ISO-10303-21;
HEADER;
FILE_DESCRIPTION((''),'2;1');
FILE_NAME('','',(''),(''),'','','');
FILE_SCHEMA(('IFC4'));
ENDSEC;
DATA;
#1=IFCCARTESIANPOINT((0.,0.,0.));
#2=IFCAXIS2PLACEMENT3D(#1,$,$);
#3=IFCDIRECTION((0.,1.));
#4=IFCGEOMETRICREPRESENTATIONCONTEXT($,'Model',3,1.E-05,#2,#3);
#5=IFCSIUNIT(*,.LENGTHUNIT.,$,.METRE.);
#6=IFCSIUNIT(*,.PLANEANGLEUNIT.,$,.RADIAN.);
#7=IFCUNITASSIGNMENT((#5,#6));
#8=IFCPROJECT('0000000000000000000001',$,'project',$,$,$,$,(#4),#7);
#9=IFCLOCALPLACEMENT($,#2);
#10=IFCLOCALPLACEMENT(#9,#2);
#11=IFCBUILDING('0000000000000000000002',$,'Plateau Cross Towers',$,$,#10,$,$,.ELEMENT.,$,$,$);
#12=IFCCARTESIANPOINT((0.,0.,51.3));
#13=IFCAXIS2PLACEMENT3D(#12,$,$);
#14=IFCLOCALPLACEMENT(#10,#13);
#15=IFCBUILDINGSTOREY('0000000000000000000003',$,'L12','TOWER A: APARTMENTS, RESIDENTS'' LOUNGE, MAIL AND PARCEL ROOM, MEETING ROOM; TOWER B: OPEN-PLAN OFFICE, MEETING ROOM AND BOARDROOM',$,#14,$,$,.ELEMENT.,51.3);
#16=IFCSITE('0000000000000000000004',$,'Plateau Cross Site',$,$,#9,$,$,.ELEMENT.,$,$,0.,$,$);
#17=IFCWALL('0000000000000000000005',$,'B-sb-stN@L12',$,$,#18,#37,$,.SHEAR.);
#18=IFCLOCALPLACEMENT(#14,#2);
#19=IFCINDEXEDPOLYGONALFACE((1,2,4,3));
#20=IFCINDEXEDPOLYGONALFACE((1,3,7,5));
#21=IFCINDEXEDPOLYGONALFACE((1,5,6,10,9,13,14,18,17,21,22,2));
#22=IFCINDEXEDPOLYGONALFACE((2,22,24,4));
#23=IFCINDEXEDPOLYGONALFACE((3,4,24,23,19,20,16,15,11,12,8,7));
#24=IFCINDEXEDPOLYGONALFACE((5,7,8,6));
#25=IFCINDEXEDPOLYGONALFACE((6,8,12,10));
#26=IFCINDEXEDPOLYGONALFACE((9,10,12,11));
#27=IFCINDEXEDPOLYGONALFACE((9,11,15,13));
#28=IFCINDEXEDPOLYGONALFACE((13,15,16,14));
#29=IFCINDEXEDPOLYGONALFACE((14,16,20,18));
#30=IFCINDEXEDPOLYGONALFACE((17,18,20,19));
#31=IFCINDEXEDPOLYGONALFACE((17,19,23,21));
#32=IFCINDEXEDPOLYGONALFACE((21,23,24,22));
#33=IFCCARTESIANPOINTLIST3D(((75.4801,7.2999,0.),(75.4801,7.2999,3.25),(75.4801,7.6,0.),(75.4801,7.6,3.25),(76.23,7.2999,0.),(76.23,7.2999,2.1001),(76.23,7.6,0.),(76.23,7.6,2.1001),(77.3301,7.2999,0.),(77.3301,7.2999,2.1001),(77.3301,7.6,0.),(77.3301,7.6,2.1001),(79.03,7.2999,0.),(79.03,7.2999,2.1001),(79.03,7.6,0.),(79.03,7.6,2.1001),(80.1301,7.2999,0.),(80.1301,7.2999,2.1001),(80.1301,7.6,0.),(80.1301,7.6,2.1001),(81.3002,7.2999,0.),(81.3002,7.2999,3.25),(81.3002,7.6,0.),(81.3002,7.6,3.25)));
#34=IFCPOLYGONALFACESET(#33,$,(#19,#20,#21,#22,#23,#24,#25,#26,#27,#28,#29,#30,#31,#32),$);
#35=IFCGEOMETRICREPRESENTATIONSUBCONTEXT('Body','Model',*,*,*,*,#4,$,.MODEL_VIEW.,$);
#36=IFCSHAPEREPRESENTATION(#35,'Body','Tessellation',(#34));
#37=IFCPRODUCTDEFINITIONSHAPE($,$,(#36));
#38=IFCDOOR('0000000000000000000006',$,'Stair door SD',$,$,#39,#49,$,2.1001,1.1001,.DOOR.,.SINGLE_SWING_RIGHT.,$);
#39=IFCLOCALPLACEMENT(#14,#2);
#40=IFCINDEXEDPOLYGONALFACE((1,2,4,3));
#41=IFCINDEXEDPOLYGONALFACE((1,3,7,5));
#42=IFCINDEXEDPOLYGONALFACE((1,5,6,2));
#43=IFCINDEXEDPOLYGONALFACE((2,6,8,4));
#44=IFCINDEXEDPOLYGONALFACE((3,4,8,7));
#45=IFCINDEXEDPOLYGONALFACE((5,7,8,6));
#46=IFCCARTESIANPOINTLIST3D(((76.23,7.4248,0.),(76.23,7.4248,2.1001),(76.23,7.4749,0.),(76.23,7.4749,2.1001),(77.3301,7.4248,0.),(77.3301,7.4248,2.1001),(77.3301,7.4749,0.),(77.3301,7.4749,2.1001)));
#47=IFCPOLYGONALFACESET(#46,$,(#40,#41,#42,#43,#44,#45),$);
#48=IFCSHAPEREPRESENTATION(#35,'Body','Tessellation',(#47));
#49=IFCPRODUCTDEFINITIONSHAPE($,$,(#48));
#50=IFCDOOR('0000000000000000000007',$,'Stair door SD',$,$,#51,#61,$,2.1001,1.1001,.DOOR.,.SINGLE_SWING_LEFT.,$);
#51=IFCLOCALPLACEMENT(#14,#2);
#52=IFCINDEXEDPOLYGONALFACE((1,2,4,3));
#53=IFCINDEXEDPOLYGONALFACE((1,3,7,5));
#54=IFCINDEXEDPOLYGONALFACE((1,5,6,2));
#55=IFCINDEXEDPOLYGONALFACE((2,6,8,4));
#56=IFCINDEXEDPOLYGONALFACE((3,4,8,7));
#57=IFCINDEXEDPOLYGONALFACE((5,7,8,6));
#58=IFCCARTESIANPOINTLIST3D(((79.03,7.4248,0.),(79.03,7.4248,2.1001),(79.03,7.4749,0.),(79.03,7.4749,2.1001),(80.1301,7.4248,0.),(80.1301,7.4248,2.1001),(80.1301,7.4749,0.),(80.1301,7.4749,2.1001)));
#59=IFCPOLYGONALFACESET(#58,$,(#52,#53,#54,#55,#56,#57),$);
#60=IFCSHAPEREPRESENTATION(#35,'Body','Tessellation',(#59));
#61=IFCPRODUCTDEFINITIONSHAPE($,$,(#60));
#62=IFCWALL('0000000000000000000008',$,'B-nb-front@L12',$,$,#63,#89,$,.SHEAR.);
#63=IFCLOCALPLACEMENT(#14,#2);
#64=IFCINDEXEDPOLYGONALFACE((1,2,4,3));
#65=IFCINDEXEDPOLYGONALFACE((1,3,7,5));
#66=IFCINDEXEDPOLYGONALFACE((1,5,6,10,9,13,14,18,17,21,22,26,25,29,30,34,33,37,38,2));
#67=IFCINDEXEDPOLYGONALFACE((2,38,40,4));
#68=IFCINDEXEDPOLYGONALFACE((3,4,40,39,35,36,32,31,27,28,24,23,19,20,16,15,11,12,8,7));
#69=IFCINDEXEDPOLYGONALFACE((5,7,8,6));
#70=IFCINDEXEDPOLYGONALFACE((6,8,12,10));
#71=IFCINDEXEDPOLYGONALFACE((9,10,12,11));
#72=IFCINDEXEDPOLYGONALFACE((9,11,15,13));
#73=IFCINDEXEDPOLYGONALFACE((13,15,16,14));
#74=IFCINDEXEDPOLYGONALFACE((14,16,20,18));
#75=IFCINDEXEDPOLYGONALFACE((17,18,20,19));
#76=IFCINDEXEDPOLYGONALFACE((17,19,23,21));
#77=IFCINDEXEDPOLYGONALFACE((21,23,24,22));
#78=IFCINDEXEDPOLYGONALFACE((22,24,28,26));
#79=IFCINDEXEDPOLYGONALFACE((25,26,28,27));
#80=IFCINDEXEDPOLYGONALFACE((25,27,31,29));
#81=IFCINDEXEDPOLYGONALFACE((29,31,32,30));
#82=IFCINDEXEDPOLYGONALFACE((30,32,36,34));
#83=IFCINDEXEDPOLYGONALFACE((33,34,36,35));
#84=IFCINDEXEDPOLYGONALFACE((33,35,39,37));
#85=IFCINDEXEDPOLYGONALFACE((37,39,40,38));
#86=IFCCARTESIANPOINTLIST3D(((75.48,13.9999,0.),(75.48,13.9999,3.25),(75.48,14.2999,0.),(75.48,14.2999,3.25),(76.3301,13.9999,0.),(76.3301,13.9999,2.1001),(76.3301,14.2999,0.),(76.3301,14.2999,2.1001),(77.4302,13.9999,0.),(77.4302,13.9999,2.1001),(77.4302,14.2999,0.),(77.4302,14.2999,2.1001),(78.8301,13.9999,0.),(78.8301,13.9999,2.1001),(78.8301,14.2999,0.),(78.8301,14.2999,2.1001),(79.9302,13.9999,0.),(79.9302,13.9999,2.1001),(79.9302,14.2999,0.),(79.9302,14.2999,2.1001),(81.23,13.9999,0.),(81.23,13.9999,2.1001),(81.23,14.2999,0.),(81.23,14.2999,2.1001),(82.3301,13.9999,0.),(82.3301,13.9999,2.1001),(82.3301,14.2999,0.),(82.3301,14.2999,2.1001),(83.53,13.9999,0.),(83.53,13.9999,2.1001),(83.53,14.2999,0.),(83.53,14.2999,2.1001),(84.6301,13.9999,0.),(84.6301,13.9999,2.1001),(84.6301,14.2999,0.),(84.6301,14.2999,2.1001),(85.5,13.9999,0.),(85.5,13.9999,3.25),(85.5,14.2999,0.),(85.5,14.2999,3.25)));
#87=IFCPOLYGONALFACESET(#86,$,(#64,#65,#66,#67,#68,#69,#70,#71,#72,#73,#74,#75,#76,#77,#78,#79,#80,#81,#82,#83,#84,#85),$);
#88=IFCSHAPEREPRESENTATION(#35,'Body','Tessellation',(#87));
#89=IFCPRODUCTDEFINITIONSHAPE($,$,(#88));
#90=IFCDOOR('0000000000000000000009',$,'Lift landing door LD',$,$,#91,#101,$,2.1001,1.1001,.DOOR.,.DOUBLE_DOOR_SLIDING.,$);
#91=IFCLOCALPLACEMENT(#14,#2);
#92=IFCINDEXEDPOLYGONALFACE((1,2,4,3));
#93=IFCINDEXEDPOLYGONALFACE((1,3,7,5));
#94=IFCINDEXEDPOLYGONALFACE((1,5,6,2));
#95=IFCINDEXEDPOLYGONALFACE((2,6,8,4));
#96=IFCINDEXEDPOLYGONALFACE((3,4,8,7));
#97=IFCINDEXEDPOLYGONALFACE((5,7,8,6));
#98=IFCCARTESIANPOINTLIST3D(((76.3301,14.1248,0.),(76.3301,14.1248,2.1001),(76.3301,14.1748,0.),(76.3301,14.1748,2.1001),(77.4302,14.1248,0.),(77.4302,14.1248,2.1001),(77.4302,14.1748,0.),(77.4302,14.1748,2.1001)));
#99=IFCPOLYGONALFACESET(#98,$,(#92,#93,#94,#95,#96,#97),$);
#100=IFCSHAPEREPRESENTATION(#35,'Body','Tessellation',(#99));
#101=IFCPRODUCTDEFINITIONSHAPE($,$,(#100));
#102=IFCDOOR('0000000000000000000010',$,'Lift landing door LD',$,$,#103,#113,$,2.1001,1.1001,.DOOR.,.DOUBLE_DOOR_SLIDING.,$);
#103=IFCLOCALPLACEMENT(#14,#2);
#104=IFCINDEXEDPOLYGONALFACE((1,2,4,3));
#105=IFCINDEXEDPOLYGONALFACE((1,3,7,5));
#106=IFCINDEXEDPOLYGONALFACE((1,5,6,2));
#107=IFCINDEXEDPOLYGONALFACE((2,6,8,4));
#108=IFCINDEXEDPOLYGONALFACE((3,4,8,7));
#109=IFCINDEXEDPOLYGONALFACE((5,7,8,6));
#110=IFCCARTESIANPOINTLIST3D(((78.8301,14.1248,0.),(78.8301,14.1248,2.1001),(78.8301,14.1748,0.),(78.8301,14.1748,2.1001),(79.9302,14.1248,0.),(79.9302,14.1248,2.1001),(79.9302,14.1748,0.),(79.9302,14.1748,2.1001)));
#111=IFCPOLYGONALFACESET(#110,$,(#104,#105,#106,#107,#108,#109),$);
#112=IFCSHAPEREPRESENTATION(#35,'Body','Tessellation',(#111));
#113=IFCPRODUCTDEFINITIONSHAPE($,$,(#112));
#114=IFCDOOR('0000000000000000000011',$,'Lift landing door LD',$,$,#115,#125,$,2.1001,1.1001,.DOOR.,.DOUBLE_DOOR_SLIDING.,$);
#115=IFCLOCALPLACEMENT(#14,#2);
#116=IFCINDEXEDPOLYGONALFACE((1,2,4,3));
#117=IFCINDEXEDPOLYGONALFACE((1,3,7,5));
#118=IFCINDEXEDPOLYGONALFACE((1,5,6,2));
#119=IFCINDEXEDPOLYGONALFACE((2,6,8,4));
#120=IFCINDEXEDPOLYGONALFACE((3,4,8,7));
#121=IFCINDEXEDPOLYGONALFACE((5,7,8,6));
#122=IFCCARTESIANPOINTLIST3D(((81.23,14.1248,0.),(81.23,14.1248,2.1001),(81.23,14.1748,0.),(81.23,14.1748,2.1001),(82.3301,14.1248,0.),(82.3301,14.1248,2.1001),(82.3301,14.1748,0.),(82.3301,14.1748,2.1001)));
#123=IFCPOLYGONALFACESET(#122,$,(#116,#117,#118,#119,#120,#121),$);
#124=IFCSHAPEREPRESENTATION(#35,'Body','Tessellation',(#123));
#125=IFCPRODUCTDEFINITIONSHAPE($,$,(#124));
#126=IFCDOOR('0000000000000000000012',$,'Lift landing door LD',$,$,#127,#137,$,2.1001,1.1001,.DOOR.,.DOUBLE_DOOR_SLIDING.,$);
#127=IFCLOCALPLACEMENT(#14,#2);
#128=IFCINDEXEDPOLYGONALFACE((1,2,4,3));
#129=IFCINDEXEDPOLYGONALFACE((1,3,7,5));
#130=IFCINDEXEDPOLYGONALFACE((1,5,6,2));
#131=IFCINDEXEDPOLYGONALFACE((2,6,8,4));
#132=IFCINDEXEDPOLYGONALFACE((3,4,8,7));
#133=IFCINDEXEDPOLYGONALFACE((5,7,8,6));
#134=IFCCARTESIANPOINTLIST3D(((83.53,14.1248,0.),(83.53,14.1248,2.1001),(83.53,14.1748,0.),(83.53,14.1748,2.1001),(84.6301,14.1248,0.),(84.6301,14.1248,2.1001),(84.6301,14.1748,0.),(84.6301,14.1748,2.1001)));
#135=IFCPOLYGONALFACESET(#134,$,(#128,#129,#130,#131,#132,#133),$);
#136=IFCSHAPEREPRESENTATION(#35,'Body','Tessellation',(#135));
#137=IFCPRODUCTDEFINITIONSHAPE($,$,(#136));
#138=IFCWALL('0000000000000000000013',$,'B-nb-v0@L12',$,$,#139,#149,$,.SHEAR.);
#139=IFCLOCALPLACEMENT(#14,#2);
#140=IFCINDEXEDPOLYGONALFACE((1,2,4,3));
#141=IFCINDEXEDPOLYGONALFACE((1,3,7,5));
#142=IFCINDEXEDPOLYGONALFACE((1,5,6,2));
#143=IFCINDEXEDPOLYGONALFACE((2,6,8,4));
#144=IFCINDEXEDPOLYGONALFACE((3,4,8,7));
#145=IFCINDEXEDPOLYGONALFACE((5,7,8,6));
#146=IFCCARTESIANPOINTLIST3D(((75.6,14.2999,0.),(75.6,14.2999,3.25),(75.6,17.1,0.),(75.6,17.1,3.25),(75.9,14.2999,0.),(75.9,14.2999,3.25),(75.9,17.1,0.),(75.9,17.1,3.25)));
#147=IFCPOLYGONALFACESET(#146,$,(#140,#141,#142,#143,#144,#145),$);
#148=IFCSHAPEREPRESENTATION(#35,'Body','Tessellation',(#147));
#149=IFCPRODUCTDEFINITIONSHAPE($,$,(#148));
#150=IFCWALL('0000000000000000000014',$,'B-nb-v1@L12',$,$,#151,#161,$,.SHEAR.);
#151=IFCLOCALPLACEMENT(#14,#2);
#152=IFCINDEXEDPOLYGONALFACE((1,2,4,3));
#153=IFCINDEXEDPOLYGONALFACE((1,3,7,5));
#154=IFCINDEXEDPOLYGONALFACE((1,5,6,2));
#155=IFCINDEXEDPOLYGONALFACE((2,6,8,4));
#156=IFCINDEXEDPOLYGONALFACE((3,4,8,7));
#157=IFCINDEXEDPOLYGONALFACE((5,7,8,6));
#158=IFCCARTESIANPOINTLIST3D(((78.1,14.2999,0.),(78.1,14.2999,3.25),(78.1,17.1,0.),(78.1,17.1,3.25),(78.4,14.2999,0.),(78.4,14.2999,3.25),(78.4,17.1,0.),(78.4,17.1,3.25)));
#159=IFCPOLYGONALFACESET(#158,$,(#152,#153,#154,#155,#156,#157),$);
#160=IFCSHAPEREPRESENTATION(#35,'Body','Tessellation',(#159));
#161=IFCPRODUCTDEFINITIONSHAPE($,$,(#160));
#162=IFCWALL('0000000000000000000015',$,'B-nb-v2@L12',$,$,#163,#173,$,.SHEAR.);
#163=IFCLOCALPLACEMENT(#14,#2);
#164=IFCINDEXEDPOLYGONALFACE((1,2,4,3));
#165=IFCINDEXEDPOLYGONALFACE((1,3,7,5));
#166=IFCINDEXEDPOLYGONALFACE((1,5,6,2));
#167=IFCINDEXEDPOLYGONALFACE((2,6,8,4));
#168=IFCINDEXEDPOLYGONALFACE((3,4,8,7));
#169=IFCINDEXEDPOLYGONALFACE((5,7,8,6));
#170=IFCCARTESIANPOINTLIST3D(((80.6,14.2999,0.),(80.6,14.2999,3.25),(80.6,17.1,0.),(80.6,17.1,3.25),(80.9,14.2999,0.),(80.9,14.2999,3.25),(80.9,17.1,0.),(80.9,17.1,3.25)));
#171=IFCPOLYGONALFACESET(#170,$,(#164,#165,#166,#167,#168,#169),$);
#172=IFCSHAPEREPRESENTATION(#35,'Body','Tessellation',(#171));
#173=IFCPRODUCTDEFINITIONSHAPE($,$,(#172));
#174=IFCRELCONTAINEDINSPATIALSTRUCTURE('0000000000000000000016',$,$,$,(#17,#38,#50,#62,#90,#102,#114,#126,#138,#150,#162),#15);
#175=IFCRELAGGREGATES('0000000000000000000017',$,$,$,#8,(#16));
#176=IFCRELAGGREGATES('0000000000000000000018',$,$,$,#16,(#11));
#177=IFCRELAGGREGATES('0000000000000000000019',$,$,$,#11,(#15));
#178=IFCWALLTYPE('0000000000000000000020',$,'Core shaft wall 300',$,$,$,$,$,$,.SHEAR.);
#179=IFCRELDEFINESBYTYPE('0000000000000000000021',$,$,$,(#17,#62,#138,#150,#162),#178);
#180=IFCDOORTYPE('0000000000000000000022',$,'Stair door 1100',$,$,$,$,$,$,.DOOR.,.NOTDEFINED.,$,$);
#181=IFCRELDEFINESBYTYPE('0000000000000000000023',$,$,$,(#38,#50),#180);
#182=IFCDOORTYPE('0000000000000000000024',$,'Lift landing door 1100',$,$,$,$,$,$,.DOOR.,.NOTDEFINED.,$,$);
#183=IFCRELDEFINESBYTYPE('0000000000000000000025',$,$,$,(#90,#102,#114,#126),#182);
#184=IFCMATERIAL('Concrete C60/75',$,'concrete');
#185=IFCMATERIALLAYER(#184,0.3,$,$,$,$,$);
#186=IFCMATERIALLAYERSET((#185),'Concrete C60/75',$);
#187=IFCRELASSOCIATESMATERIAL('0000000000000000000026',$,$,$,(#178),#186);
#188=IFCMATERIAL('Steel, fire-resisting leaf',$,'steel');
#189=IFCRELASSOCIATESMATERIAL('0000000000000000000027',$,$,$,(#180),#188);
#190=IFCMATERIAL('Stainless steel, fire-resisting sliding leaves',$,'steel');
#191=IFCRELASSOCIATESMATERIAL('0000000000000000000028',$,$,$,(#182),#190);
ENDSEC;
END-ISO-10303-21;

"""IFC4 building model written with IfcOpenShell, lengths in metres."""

from ifc_helpers import new_model, si_unit, direction, frame, frame_2d, origin, place, context, subcontext, project, spatial, rectangle, extrude, material, layer, layer_set, type_object, element, fill, save


model = new_model("IFC4")

# Units and contexts
model_context = context("Model", 3, precision=1e-05, world=origin(), true_north=direction((0.0, 1.0)))
body_context = subcontext(model_context, "Body", "Model", "MODEL_VIEW")
ifc_project = project(units=[si_unit("LENGTHUNIT", "METRE"), si_unit("PLANEANGLEUNIT", "RADIAN")], contexts=[model_context])

# Site, building, storey
site_placement = place(None, origin())
site = spatial("IfcSite", under=ifc_project, at=site_placement, Name="Plateau Cross Site", CompositionType="ELEMENT", RefElevation=0.0)
building_placement = place(site_placement, origin())
building = spatial("IfcBuilding", under=site, at=building_placement, Name="Plateau Cross Towers", CompositionType="ELEMENT")
storey_placement = place(building_placement, frame((0.0, 0.0, 51.3)))
storey = spatial("IfcBuildingStorey", under=building, at=storey_placement, Name="L12", Description="TOWER A: APARTMENTS, RESIDENTS' LOUNGE, MAIL AND PARCEL ROOM, MEETING ROOM; TOWER B: OPEN-PLAN OFFICE, MEETING ROOM AND BOARDROOM", CompositionType="ELEMENT", Elevation=51.3)

# Shared definitions
ifc_material_1 = material(Name="Concrete C60/75", Category="concrete")

# Shared definitions
ifc_material_2 = material(Name="Steel, fire-resisting leaf", Category="steel")

# Walls, openings, doors
ifc_layer_1 = layer(ifc_material_1, 0.3)
ifc_layer_set_1 = layer_set([ifc_layer_1], Name="Concrete C60/75")
wall_type_1 = type_object("IfcWallType", Name="Core shaft wall 300", PredefinedType="SHEAR", material=ifc_layer_set_1)
wall_1_placement = place(storey_placement, frame((75.48, 7.45, 0.0), z_axis=(0.0, 0.0, 1.0), x_axis=(1.0, 0.0, 0.0)))
wall_1 = element("IfcWall", 1, at=wall_1_placement, inside=storey, type_object=wall_type_1, Name="B-sb-stN@L12", PredefinedType="SHEAR", context=body_context, shape_type="SweptSolid", body=[
    extrude(rectangle(XDim=5.8201, YDim=0.3, at=frame_2d((2.9102, 0.0))), origin(), (0.0, 0.0, 1.0), 3.25),
])
opening_1_placement = place(wall_1_placement, frame((0.75, 0.0, 0.0)))
opening_1 = element("IfcOpeningElement", 2, at=opening_1_placement, cuts=wall_1, PredefinedType="OPENING", context=body_context, shape_type="SweptSolid", body=[
    extrude(rectangle(XDim=1.1001, YDim=2.1001, at=frame_2d((0.55, 1.05))), frame((0.0, 0.1599, 0.0), z_axis=(0.0, -1.0, 0.0), x_axis=(1.0, 0.0, 0.0)), (0.0, 0.0, 1.0), 0.3201),
])
opening_2_placement = place(wall_1_placement, frame((3.55, 0.0, 0.0)))
opening_2 = element("IfcOpeningElement", 3, at=opening_2_placement, cuts=wall_1, PredefinedType="OPENING", context=body_context, shape_type="SweptSolid", body=[
    extrude(rectangle(XDim=1.1001, YDim=2.1001, at=frame_2d((0.55, 1.05))), frame((0.0, 0.1599, 0.0), z_axis=(0.0, -1.0, 0.0), x_axis=(1.0, 0.0, 0.0)), (0.0, 0.0, 1.0), 0.3201),
])
door_type_1 = type_object("IfcDoorType", Name="Stair door 1100", OperationType="NOTDEFINED", PredefinedType="DOOR", material=ifc_material_2)
door_1_placement = place(opening_1_placement, origin())
door_1 = element("IfcDoor", 4, at=door_1_placement, inside=storey, type_object=door_type_1, Name="Stair door SD", OperationType="SINGLE_SWING_RIGHT", OverallHeight=2.1001, OverallWidth=1.1001, PredefinedType="DOOR", context=body_context, shape_type="SweptSolid", body=[
    extrude(rectangle(XDim=1.1001, YDim=2.1001, at=frame_2d((0.55, 1.05))), frame((0.0, 0.0249, 0.0), z_axis=(0.0, -1.0, 0.0), x_axis=(1.0, 0.0, 0.0)), (0.0, 0.0, 1.0), 0.05),
])
fill(opening_1, door_1)
door_2_placement = place(opening_2_placement, origin())
door_2 = element("IfcDoor", 5, at=door_2_placement, inside=storey, type_object=door_type_1, Name="Stair door SD", OperationType="SINGLE_SWING_LEFT", OverallHeight=2.1001, OverallWidth=1.1001, PredefinedType="DOOR", context=body_context, shape_type="SweptSolid", body=[
    extrude(rectangle(XDim=1.1001, YDim=2.1001, at=frame_2d((0.55, 1.05))), frame((0.0, 0.0249, 0.0), z_axis=(0.0, -1.0, 0.0), x_axis=(1.0, 0.0, 0.0)), (0.0, 0.0, 1.0), 0.05),
])
fill(opening_2, door_2)
wall_2_placement = place(storey_placement, frame((75.48, 14.1499, 0.0), z_axis=(0.0, 0.0, 1.0), x_axis=(1.0, 0.0, 0.0)))
wall_2 = element("IfcWall", 6, at=wall_2_placement, inside=storey, type_object=wall_type_1, Name="B-nb-front@L12", PredefinedType="SHEAR", context=body_context, shape_type="SweptSolid", body=[
    extrude(rectangle(XDim=10.02, YDim=0.3, at=frame_2d((5.01, 0.0))), origin(), (0.0, 0.0, 1.0), 3.25),
])
opening_3_placement = place(wall_2_placement, frame((0.8501, 0.0, 0.0)))
opening_3 = element("IfcOpeningElement", 7, at=opening_3_placement, cuts=wall_2, PredefinedType="OPENING", context=body_context, shape_type="SweptSolid", body=[
    extrude(rectangle(XDim=1.1001, YDim=2.1001, at=frame_2d((0.55, 1.05))), frame((0.0, 0.1599, 0.0), z_axis=(0.0, -1.0, 0.0), x_axis=(1.0, 0.0, 0.0)), (0.0, 0.0, 1.0), 0.3201),
])
opening_4_placement = place(wall_2_placement, frame((3.3501, 0.0, 0.0)))
opening_4 = element("IfcOpeningElement", 8, at=opening_4_placement, cuts=wall_2, PredefinedType="OPENING", context=body_context, shape_type="SweptSolid", body=[
    extrude(rectangle(XDim=1.1001, YDim=2.1001, at=frame_2d((0.55, 1.05))), frame((0.0, 0.1599, 0.0), z_axis=(0.0, -1.0, 0.0), x_axis=(1.0, 0.0, 0.0)), (0.0, 0.0, 1.0), 0.3201),
])
opening_5_placement = place(wall_2_placement, frame((5.75, 0.0, 0.0)))
opening_5 = element("IfcOpeningElement", 9, at=opening_5_placement, cuts=wall_2, PredefinedType="OPENING", context=body_context, shape_type="SweptSolid", body=[
    extrude(rectangle(XDim=1.1001, YDim=2.1001, at=frame_2d((0.55, 1.05))), frame((0.0, 0.1599, 0.0), z_axis=(0.0, -1.0, 0.0), x_axis=(1.0, 0.0, 0.0)), (0.0, 0.0, 1.0), 0.3201),
])
opening_6_placement = place(wall_2_placement, frame((8.05, 0.0, 0.0)))
opening_6 = element("IfcOpeningElement", 10, at=opening_6_placement, cuts=wall_2, PredefinedType="OPENING", context=body_context, shape_type="SweptSolid", body=[
    extrude(rectangle(XDim=1.1001, YDim=2.1001, at=frame_2d((0.55, 1.05))), frame((0.0, 0.1599, 0.0), z_axis=(0.0, -1.0, 0.0), x_axis=(1.0, 0.0, 0.0)), (0.0, 0.0, 1.0), 0.3201),
])
ifc_material_3 = material(Name="Stainless steel, fire-resisting sliding leaves", Category="steel")
door_type_2 = type_object("IfcDoorType", Name="Lift landing door 1100", OperationType="NOTDEFINED", PredefinedType="DOOR", material=ifc_material_3)
door_3_placement = place(opening_3_placement, origin())
door_3 = element("IfcDoor", 11, at=door_3_placement, inside=storey, type_object=door_type_2, Name="Lift landing door LD", OperationType="DOUBLE_DOOR_SLIDING", OverallHeight=2.1001, OverallWidth=1.1001, PredefinedType="DOOR", context=body_context, shape_type="SweptSolid", body=[
    extrude(rectangle(XDim=1.1001, YDim=2.1001, at=frame_2d((0.55, 1.05))), frame((0.0, 0.0249, 0.0), z_axis=(0.0, -1.0, 0.0), x_axis=(1.0, 0.0, 0.0)), (0.0, 0.0, 1.0), 0.05),
])
fill(opening_3, door_3)
door_4_placement = place(opening_4_placement, origin())
door_4 = element("IfcDoor", 12, at=door_4_placement, inside=storey, type_object=door_type_2, Name="Lift landing door LD", OperationType="DOUBLE_DOOR_SLIDING", OverallHeight=2.1001, OverallWidth=1.1001, PredefinedType="DOOR", context=body_context, shape_type="SweptSolid", body=[
    extrude(rectangle(XDim=1.1001, YDim=2.1001, at=frame_2d((0.55, 1.05))), frame((0.0, 0.0249, 0.0), z_axis=(0.0, -1.0, 0.0), x_axis=(1.0, 0.0, 0.0)), (0.0, 0.0, 1.0), 0.05),
])
fill(opening_4, door_4)
door_5_placement = place(opening_5_placement, origin())
door_5 = element("IfcDoor", 13, at=door_5_placement, inside=storey, type_object=door_type_2, Name="Lift landing door LD", OperationType="DOUBLE_DOOR_SLIDING", OverallHeight=2.1001, OverallWidth=1.1001, PredefinedType="DOOR", context=body_context, shape_type="SweptSolid", body=[
    extrude(rectangle(XDim=1.1001, YDim=2.1001, at=frame_2d((0.55, 1.05))), frame((0.0, 0.0249, 0.0), z_axis=(0.0, -1.0, 0.0), x_axis=(1.0, 0.0, 0.0)), (0.0, 0.0, 1.0), 0.05),
])
fill(opening_5, door_5)
door_6_placement = place(opening_6_placement, origin())
door_6 = element("IfcDoor", 14, at=door_6_placement, inside=storey, type_object=door_type_2, Name="Lift landing door LD", OperationType="DOUBLE_DOOR_SLIDING", OverallHeight=2.1001, OverallWidth=1.1001, PredefinedType="DOOR", context=body_context, shape_type="SweptSolid", body=[
    extrude(rectangle(XDim=1.1001, YDim=2.1001, at=frame_2d((0.55, 1.05))), frame((0.0, 0.0249, 0.0), z_axis=(0.0, -1.0, 0.0), x_axis=(1.0, 0.0, 0.0)), (0.0, 0.0, 1.0), 0.05),
])
fill(opening_6, door_6)

# Walls
for number, where, z_axis, x_axis, name in (
    (15, (75.75, 14.3, 0.0), (0.0, 0.0, 1.0), (0.0, 1.0, 0.0), "B-nb-v0@L12"),
    (16, (78.25, 14.3, 0.0), (0.0, 0.0, 1.0), (0.0, 1.0, 0.0), "B-nb-v1@L12"),
    (17, (80.75, 14.3, 0.0), (0.0, 0.0, 1.0), (0.0, 1.0, 0.0), "B-nb-v2@L12"),
):
    element("IfcWall", number, at=place(storey_placement, frame(where, z_axis=z_axis, x_axis=x_axis)), inside=storey, type_object=wall_type_1, Name=name, PredefinedType="SHEAR", context=body_context, shape_type="SweptSolid", body=[
        extrude(rectangle(XDim=2.8, YDim=0.3, at=frame_2d((1.3999, 0.0))), origin(), (0.0, 0.0, 1.0), 3.25),
    ])

save(model, "model.ifc")
